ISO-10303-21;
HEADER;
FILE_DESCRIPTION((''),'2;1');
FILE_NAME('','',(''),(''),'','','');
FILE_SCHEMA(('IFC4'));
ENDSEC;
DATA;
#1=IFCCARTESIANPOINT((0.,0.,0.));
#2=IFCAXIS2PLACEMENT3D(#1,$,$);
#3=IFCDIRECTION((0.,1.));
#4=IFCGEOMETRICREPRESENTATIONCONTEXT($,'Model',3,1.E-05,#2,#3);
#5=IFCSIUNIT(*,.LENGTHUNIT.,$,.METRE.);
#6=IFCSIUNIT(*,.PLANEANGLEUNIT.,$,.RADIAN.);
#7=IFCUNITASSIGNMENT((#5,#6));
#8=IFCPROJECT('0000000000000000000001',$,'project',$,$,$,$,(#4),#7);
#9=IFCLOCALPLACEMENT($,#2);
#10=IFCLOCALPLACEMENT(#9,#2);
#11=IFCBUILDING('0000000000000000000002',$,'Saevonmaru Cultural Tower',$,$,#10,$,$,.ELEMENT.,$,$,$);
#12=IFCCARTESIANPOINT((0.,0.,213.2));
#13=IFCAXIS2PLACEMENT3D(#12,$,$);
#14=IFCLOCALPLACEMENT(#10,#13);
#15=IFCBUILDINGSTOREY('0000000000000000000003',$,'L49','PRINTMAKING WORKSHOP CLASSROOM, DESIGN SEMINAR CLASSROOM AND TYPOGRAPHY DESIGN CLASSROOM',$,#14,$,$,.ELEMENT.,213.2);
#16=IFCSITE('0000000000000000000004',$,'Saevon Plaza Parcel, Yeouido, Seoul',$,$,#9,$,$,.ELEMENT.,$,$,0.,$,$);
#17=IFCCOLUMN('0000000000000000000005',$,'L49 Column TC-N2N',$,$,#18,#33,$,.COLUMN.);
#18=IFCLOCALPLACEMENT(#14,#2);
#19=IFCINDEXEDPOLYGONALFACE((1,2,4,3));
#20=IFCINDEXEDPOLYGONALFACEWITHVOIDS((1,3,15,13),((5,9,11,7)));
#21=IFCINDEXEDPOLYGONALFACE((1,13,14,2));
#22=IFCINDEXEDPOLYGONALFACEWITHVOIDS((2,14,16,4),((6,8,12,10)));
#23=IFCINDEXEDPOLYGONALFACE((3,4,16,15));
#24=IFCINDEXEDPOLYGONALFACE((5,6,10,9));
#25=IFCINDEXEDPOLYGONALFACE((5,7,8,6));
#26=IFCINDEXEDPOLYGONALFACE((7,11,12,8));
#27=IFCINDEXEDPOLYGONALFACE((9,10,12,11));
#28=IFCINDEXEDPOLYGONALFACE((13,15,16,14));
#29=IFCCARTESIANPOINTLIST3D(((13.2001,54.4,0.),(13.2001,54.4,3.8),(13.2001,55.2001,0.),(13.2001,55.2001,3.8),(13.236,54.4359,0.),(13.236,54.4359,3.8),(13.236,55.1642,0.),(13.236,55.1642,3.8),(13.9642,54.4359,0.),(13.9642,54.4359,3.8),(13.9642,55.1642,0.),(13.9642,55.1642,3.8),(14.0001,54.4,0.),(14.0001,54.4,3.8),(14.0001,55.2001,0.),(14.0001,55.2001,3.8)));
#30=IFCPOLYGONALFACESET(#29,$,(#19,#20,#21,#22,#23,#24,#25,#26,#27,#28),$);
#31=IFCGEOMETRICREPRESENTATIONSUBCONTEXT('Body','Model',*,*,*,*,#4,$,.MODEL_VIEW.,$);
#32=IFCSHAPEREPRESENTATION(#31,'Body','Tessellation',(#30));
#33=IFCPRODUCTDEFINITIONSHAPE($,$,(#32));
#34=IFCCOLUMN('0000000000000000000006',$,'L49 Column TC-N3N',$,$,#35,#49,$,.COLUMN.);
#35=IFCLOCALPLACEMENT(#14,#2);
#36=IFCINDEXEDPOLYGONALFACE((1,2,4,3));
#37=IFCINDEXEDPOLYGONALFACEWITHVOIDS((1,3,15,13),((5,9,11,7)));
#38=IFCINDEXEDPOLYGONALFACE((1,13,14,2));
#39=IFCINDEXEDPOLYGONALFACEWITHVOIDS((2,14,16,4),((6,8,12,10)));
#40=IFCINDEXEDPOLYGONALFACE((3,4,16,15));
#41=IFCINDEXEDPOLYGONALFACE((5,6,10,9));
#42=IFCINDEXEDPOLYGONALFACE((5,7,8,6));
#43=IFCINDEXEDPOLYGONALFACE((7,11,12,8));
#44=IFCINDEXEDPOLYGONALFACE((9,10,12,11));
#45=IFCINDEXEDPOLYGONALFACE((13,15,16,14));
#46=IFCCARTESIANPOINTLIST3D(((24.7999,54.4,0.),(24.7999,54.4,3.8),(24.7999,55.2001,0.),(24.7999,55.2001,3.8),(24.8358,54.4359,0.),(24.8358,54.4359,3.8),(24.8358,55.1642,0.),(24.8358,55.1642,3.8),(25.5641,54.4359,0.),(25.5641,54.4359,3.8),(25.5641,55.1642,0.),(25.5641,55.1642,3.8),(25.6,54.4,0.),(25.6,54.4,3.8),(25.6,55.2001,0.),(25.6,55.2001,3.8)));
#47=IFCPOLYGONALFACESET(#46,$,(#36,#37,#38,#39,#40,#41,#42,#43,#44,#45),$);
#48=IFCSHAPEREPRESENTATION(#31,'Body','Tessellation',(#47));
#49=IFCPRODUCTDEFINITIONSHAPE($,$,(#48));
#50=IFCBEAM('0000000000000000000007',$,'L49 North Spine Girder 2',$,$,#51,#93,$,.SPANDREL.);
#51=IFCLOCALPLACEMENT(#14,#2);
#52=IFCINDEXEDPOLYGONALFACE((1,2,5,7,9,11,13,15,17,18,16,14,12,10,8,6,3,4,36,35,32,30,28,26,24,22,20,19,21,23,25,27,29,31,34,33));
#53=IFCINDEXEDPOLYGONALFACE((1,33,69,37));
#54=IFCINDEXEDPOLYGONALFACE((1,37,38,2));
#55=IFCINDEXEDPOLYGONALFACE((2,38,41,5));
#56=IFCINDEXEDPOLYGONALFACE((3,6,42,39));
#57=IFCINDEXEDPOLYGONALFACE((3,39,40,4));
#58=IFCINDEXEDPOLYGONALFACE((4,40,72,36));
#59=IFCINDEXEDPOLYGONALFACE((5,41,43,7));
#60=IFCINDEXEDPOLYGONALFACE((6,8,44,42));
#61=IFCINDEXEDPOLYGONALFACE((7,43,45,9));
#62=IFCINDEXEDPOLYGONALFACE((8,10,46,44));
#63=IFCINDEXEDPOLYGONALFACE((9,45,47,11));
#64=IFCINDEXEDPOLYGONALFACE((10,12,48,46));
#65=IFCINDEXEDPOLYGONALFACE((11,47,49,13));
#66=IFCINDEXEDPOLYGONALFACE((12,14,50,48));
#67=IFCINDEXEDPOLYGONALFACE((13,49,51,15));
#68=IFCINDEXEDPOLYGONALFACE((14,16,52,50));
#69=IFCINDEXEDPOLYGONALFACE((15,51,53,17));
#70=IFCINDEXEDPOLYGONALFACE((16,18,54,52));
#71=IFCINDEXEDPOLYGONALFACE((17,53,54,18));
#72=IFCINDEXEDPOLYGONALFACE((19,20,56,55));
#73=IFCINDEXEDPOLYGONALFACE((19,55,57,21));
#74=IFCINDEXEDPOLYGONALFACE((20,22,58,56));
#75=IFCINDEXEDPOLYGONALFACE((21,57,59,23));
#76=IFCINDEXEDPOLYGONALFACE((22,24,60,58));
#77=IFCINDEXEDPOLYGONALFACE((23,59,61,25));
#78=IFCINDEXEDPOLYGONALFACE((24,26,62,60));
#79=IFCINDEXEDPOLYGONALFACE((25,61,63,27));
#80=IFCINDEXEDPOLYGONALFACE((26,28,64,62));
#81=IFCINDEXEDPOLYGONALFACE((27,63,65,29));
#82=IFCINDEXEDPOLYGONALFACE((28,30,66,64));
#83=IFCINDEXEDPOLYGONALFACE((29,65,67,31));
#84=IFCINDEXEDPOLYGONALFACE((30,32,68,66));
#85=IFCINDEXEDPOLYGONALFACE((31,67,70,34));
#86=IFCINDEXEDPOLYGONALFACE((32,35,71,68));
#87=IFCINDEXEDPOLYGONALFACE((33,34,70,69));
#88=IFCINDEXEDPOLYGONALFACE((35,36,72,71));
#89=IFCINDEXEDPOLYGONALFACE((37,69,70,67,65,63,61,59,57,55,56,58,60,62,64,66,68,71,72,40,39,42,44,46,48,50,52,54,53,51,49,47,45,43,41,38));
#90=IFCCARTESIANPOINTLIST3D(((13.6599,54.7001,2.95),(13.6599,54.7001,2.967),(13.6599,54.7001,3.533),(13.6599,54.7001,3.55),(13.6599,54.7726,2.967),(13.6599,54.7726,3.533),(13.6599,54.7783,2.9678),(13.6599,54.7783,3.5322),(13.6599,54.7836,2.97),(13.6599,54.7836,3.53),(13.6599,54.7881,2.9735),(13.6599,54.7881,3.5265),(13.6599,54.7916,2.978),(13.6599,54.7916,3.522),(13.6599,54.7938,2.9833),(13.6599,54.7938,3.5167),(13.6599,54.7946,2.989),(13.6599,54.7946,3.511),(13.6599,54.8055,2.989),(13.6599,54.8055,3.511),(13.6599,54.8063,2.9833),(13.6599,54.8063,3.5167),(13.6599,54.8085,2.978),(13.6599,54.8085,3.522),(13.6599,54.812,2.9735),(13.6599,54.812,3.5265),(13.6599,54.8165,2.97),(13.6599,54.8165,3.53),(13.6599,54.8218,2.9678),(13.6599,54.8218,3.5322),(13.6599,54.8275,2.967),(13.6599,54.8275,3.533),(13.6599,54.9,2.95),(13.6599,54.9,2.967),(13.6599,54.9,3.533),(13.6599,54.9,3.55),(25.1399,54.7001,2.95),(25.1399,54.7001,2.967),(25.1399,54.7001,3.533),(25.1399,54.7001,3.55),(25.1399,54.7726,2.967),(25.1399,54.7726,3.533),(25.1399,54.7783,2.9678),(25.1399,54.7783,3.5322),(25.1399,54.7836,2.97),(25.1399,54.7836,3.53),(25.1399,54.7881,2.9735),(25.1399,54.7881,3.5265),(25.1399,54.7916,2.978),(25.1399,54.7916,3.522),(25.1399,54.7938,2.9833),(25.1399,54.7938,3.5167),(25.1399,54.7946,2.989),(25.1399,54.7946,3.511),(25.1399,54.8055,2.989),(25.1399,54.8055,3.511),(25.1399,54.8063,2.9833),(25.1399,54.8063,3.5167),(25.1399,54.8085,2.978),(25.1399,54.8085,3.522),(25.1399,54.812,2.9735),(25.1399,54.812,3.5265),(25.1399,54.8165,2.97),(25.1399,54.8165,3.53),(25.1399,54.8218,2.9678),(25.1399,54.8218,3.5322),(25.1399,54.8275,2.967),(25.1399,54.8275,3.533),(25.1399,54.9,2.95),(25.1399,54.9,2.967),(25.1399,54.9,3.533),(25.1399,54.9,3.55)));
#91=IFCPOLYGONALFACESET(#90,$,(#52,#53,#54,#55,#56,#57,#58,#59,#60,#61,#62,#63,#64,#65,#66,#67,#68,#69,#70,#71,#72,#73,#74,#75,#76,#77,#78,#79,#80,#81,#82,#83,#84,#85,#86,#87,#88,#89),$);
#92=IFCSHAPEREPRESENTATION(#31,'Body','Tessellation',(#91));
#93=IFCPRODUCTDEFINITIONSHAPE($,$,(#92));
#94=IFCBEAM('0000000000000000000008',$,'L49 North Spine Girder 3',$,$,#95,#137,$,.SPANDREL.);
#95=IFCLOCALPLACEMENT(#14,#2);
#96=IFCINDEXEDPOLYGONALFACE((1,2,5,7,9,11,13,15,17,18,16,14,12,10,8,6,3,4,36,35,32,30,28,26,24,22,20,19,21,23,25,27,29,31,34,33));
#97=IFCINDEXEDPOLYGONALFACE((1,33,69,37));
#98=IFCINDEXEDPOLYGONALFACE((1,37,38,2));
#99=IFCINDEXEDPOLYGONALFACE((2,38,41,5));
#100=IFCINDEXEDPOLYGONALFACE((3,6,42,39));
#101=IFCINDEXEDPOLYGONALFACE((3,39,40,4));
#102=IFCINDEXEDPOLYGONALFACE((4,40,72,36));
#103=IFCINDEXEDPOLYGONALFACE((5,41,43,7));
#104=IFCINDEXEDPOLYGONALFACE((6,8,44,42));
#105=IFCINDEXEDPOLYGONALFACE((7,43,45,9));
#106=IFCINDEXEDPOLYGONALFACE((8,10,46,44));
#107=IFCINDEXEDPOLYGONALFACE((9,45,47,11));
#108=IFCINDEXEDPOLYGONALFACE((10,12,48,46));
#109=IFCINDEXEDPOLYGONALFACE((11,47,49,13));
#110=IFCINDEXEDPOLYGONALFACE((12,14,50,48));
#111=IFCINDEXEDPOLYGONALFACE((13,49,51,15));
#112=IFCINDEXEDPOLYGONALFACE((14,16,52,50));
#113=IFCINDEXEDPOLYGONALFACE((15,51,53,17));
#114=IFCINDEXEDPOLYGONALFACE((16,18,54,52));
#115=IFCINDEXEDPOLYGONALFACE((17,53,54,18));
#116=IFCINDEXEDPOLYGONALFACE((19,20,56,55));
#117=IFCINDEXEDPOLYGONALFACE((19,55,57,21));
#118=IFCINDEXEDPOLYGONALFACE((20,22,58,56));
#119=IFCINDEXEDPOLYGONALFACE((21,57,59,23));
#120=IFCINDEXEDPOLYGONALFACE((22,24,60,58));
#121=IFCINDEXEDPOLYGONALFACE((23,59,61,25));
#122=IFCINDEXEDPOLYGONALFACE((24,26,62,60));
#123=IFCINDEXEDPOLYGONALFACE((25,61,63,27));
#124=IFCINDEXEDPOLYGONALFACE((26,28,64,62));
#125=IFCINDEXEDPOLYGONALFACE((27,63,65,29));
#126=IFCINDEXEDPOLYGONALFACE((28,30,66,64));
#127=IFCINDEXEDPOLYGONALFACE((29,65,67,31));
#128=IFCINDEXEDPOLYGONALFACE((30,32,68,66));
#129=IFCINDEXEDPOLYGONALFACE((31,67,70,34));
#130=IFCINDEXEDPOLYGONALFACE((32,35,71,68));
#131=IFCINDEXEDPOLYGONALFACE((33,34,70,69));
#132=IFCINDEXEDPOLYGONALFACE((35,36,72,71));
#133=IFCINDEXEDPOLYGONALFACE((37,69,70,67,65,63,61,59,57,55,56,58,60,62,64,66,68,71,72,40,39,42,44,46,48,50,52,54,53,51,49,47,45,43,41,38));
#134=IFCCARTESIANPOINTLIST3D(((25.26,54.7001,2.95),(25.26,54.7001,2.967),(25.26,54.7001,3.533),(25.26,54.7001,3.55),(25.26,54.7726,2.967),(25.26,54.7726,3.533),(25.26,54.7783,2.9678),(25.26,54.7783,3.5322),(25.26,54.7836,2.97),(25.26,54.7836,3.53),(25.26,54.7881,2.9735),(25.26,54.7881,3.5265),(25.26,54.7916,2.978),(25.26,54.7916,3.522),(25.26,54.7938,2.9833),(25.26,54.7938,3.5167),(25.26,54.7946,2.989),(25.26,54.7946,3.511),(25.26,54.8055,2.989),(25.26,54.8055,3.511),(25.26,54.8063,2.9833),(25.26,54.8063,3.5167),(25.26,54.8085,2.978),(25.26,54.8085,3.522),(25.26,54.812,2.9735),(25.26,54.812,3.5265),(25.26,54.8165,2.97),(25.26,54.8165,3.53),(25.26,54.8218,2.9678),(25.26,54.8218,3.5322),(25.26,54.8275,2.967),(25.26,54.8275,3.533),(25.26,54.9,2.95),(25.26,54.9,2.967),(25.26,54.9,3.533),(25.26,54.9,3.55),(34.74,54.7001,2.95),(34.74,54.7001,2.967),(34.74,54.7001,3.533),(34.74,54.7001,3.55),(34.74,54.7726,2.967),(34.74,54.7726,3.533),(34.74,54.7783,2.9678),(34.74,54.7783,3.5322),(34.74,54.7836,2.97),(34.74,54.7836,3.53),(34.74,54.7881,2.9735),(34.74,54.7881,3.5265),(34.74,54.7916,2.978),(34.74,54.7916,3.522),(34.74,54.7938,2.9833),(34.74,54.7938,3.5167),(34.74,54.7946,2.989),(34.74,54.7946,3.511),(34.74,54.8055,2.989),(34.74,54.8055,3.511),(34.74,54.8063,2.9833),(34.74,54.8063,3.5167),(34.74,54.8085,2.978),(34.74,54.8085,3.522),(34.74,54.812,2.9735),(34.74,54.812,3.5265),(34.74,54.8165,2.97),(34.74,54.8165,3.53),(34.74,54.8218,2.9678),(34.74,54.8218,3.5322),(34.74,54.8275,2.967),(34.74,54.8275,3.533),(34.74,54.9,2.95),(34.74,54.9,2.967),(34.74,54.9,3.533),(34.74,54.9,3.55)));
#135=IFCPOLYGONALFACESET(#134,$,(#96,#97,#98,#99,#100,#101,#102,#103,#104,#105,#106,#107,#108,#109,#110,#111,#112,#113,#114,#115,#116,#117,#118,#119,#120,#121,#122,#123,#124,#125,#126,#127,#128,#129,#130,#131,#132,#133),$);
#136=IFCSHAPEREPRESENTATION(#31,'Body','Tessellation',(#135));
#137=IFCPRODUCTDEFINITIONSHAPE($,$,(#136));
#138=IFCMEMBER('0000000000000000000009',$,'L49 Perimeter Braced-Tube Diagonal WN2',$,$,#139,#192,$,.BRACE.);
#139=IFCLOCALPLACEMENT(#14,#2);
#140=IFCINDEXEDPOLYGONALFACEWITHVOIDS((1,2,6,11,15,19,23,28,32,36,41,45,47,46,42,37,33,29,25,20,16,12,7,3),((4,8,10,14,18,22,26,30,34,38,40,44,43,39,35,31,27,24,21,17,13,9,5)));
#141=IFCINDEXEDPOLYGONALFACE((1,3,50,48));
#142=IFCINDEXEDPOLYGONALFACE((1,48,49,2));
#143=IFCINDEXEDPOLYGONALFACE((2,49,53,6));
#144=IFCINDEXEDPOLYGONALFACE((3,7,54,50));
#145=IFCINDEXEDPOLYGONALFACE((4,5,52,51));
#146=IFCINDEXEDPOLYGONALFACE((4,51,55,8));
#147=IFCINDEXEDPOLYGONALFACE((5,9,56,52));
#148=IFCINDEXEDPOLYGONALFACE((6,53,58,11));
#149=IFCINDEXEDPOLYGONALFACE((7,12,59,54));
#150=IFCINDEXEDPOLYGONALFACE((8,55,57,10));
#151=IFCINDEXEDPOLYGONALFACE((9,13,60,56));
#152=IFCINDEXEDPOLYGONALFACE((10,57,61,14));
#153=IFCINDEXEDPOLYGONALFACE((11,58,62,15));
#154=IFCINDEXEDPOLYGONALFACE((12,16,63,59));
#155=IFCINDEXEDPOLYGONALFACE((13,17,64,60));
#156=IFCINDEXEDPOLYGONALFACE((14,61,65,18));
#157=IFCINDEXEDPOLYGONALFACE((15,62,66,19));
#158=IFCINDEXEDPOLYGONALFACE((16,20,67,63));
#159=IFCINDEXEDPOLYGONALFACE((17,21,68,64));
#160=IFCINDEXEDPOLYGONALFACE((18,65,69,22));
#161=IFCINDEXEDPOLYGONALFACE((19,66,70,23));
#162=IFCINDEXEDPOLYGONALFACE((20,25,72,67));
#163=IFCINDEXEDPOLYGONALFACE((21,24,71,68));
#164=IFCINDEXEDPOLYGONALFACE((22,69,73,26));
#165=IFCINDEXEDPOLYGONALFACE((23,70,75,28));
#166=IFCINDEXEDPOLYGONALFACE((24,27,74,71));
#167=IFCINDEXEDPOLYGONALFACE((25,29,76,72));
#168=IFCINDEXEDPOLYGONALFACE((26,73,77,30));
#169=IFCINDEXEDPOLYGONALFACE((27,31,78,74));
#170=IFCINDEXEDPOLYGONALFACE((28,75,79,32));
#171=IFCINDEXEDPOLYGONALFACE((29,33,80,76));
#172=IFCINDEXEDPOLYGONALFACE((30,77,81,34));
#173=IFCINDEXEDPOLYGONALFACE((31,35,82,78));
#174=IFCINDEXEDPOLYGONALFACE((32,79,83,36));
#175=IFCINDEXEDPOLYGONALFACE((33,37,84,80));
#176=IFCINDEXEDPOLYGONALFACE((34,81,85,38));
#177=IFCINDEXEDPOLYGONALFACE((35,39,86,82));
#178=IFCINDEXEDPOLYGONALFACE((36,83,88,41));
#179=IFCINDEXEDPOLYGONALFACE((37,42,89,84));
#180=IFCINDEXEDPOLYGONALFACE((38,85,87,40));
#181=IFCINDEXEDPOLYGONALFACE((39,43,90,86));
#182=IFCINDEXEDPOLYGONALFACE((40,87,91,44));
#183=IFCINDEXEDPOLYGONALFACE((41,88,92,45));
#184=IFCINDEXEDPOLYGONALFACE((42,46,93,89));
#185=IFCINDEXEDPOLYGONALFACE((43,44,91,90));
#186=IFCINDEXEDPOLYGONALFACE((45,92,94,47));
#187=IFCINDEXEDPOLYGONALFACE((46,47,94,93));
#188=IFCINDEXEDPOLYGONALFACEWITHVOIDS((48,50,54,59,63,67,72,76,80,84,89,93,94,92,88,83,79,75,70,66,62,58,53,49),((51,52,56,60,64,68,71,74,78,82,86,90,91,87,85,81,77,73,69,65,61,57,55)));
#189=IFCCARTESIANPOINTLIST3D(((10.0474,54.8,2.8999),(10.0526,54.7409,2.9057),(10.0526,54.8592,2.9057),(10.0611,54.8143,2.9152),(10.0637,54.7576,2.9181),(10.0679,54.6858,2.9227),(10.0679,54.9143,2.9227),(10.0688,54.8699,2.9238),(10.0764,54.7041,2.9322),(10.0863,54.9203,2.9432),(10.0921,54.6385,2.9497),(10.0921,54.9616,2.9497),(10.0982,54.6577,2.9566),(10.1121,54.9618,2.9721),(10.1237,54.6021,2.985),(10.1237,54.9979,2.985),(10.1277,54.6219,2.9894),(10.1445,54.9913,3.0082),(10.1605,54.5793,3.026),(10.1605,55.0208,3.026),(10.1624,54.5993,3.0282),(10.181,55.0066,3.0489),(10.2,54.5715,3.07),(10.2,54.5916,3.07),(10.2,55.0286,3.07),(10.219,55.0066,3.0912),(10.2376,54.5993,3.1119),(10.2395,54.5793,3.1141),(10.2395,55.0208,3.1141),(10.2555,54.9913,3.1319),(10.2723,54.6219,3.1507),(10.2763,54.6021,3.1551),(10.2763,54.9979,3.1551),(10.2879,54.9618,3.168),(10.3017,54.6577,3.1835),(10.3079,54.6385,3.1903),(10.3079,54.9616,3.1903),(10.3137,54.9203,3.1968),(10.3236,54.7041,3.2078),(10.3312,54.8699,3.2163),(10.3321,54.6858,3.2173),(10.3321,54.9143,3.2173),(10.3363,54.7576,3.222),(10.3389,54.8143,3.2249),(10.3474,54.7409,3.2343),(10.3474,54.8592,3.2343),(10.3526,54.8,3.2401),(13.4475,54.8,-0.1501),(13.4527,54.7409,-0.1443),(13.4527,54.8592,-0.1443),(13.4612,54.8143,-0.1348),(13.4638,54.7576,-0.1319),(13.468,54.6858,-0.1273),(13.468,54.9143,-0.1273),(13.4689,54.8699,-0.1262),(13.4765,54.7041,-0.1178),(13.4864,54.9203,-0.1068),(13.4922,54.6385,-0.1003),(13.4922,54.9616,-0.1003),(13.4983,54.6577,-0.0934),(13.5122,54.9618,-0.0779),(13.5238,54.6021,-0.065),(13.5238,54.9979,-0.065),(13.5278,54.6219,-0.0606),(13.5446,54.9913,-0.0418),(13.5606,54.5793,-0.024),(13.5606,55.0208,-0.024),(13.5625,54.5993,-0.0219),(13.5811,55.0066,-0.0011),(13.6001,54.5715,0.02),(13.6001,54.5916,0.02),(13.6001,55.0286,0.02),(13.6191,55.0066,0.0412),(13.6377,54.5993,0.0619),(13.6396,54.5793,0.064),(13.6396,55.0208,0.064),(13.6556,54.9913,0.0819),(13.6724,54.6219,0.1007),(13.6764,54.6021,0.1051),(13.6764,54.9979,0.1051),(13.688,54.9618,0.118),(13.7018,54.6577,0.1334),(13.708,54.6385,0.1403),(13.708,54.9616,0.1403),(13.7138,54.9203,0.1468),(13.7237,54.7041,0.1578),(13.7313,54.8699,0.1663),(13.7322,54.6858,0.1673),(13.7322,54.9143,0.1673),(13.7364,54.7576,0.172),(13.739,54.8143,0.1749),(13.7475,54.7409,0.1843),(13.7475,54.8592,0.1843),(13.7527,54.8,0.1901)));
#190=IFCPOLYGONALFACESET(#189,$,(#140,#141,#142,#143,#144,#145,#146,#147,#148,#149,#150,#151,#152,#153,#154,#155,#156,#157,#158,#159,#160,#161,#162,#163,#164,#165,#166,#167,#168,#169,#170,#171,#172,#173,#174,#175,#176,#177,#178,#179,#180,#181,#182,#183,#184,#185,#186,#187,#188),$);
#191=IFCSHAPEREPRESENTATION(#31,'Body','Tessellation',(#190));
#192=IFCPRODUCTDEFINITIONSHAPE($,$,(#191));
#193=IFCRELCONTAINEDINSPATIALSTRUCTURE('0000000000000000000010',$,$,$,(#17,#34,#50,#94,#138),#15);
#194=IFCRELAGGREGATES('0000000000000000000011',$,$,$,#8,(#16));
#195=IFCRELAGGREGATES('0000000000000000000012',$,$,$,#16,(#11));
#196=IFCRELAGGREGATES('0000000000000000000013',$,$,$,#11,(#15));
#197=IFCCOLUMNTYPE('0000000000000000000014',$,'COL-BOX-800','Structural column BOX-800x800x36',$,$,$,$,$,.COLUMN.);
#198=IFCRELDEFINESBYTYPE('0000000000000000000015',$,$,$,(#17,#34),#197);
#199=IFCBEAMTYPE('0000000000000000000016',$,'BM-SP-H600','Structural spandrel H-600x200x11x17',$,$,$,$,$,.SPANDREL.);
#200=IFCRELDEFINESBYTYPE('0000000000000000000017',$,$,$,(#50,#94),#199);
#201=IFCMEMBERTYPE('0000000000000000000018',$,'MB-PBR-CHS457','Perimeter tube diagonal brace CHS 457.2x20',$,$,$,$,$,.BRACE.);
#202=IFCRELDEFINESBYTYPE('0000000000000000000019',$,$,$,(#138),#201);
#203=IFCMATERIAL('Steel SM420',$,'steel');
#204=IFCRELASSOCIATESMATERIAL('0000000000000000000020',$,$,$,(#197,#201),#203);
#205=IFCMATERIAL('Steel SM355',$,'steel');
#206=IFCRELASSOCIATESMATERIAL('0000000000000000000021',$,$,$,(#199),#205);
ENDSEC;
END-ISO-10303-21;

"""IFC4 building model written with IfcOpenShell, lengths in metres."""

from ifc_helpers import new_model, si_unit, direction, frame, origin, origin_2d, place, context, subcontext, project, spatial, hollow_rectangle, hollow_circle, i_section, extrude, material, material_profile, profile_set, type_object, element, save


model = new_model("IFC4")

# Units and contexts
model_context = context("Model", 3, precision=1e-05, world=origin(), true_north=direction((0.0, 1.0)))
body_context = subcontext(model_context, "Body", "Model", "MODEL_VIEW")
ifc_project = project(units=[si_unit("LENGTHUNIT", "METRE"), si_unit("PLANEANGLEUNIT", "RADIAN")], contexts=[model_context])

# Site, building, storey
site_placement = place(None, origin())
site = spatial("IfcSite", under=ifc_project, at=site_placement, Name="Saevon Plaza Parcel, Yeouido, Seoul", CompositionType="ELEMENT", RefElevation=0.0)
building_placement = place(site_placement, origin())
building = spatial("IfcBuilding", under=site, at=building_placement, Name="Saevonmaru Cultural Tower", CompositionType="ELEMENT")
storey_placement = place(building_placement, frame((0.0, 0.0, 213.2)))
storey = spatial("IfcBuildingStorey", under=building, at=storey_placement, Name="L49", Description="PRINTMAKING WORKSHOP CLASSROOM, DESIGN SEMINAR CLASSROOM AND TYPOGRAPHY DESIGN CLASSROOM", CompositionType="ELEMENT", Elevation=213.2)

# Columns
ifc_material_1 = material(Name="Steel SM420", Category="steel")
ifc_material_profile_1 = material_profile(ifc_material_1, hollow_rectangle(XDim=0.8, YDim=0.8, WallThickness=0.0359, at=origin_2d()), Name="BOX-800x800x36")
ifc_profile_set_1 = profile_set([ifc_material_profile_1], Name="Steel SM420")
column_type = type_object("IfcColumnType", Name="COL-BOX-800", Description="Structural column BOX-800x800x36", PredefinedType="COLUMN", material=ifc_profile_set_1)
for number, where, z_axis, x_axis, name in (
    (1, (13.6001, 54.8, 0.0), (0.0, 0.0, 1.0), (1.0, 0.0, 0.0), "L49 Column TC-N2N"),
    (2, (25.2, 54.8, 0.0), (0.0, 0.0, 1.0), (1.0, 0.0, 0.0), "L49 Column TC-N3N"),
):
    element("IfcColumn", number, at=place(storey_placement, frame(where, z_axis=z_axis, x_axis=x_axis)), inside=storey, type_object=column_type, Name=name, PredefinedType="COLUMN", context=body_context, shape_type="SweptSolid", body=[
        extrude(hollow_rectangle(XDim=0.8, YDim=0.8, WallThickness=0.0359, at=origin_2d()), origin(), (0.0, 0.0, 1.0), 3.8),
    ])

# Beams
ifc_material_2 = material(Name="Steel SM355", Category="steel")
ifc_material_profile_2 = material_profile(ifc_material_2, i_section(OverallWidth=0.2, OverallDepth=0.6001, WebThickness=0.011, FlangeThickness=0.0171, FilletRadius=0.022, at=origin_2d()), Name="H-600x200x11x17")
ifc_profile_set_2 = profile_set([ifc_material_profile_2], Name="Steel SM355")
beam_type = type_object("IfcBeamType", Name="BM-SP-H600", Description="Structural spandrel H-600x200x11x17", PredefinedType="SPANDREL", material=ifc_profile_set_2)
beam_1_placement = place(storey_placement, frame((13.6599, 54.8, 3.25), z_axis=(1.0, 0.0, 0.0), x_axis=(0.0, 1.0, 0.0)))
element("IfcBeam", 3, at=beam_1_placement, inside=storey, type_object=beam_type, Name="L49 North Spine Girder 2", PredefinedType="SPANDREL", context=body_context, shape_type="SweptSolid", body=[
    extrude(i_section(OverallWidth=0.2, OverallDepth=0.6001, WebThickness=0.011, FlangeThickness=0.0171, FilletRadius=0.022, at=origin_2d()), origin(), (0.0, 0.0, 1.0), 11.48),
])
beam_2_placement = place(storey_placement, frame((25.26, 54.8, 3.25), z_axis=(1.0, 0.0, 0.0), x_axis=(0.0, 1.0, 0.0)))
element("IfcBeam", 4, at=beam_2_placement, inside=storey, type_object=beam_type, Name="L49 North Spine Girder 3", PredefinedType="SPANDREL", context=body_context, shape_type="SweptSolid", body=[
    extrude(i_section(OverallWidth=0.2, OverallDepth=0.6001, WebThickness=0.011, FlangeThickness=0.0171, FilletRadius=0.022, at=origin_2d()), origin(), (0.0, 0.0, 1.0), 9.48),
])

# Member
ifc_material_profile_3 = material_profile(ifc_material_1, hollow_circle(Radius=0.2285, WallThickness=0.02, at=origin_2d()), Name="CHS-457.2x20")
ifc_profile_set_3 = profile_set([ifc_material_profile_3], Name="Steel SM420")
member_type_1 = type_object("IfcMemberType", Name="MB-PBR-CHS457", Description="Perimeter tube diagonal brace CHS 457.2x20", PredefinedType="BRACE", material=ifc_profile_set_3)
member_1_placement = place(storey_placement, frame((13.6001, 54.8, 0.02), z_axis=(-0.744391, 0.0, 0.667744), x_axis=(0.0, -1.0, 0.0)))
element("IfcMember", 5, at=member_1_placement, inside=storey, type_object=member_type_1, Name="L49 Perimeter Braced-Tube Diagonal WN2", PredefinedType="BRACE", context=body_context, shape_type="SweptSolid", body=[
    extrude(hollow_circle(Radius=0.2285, WallThickness=0.02, at=origin_2d()), origin(), (0.0, 0.0, 1.0), 4.5676),
])

save(model, "model.ifc")
